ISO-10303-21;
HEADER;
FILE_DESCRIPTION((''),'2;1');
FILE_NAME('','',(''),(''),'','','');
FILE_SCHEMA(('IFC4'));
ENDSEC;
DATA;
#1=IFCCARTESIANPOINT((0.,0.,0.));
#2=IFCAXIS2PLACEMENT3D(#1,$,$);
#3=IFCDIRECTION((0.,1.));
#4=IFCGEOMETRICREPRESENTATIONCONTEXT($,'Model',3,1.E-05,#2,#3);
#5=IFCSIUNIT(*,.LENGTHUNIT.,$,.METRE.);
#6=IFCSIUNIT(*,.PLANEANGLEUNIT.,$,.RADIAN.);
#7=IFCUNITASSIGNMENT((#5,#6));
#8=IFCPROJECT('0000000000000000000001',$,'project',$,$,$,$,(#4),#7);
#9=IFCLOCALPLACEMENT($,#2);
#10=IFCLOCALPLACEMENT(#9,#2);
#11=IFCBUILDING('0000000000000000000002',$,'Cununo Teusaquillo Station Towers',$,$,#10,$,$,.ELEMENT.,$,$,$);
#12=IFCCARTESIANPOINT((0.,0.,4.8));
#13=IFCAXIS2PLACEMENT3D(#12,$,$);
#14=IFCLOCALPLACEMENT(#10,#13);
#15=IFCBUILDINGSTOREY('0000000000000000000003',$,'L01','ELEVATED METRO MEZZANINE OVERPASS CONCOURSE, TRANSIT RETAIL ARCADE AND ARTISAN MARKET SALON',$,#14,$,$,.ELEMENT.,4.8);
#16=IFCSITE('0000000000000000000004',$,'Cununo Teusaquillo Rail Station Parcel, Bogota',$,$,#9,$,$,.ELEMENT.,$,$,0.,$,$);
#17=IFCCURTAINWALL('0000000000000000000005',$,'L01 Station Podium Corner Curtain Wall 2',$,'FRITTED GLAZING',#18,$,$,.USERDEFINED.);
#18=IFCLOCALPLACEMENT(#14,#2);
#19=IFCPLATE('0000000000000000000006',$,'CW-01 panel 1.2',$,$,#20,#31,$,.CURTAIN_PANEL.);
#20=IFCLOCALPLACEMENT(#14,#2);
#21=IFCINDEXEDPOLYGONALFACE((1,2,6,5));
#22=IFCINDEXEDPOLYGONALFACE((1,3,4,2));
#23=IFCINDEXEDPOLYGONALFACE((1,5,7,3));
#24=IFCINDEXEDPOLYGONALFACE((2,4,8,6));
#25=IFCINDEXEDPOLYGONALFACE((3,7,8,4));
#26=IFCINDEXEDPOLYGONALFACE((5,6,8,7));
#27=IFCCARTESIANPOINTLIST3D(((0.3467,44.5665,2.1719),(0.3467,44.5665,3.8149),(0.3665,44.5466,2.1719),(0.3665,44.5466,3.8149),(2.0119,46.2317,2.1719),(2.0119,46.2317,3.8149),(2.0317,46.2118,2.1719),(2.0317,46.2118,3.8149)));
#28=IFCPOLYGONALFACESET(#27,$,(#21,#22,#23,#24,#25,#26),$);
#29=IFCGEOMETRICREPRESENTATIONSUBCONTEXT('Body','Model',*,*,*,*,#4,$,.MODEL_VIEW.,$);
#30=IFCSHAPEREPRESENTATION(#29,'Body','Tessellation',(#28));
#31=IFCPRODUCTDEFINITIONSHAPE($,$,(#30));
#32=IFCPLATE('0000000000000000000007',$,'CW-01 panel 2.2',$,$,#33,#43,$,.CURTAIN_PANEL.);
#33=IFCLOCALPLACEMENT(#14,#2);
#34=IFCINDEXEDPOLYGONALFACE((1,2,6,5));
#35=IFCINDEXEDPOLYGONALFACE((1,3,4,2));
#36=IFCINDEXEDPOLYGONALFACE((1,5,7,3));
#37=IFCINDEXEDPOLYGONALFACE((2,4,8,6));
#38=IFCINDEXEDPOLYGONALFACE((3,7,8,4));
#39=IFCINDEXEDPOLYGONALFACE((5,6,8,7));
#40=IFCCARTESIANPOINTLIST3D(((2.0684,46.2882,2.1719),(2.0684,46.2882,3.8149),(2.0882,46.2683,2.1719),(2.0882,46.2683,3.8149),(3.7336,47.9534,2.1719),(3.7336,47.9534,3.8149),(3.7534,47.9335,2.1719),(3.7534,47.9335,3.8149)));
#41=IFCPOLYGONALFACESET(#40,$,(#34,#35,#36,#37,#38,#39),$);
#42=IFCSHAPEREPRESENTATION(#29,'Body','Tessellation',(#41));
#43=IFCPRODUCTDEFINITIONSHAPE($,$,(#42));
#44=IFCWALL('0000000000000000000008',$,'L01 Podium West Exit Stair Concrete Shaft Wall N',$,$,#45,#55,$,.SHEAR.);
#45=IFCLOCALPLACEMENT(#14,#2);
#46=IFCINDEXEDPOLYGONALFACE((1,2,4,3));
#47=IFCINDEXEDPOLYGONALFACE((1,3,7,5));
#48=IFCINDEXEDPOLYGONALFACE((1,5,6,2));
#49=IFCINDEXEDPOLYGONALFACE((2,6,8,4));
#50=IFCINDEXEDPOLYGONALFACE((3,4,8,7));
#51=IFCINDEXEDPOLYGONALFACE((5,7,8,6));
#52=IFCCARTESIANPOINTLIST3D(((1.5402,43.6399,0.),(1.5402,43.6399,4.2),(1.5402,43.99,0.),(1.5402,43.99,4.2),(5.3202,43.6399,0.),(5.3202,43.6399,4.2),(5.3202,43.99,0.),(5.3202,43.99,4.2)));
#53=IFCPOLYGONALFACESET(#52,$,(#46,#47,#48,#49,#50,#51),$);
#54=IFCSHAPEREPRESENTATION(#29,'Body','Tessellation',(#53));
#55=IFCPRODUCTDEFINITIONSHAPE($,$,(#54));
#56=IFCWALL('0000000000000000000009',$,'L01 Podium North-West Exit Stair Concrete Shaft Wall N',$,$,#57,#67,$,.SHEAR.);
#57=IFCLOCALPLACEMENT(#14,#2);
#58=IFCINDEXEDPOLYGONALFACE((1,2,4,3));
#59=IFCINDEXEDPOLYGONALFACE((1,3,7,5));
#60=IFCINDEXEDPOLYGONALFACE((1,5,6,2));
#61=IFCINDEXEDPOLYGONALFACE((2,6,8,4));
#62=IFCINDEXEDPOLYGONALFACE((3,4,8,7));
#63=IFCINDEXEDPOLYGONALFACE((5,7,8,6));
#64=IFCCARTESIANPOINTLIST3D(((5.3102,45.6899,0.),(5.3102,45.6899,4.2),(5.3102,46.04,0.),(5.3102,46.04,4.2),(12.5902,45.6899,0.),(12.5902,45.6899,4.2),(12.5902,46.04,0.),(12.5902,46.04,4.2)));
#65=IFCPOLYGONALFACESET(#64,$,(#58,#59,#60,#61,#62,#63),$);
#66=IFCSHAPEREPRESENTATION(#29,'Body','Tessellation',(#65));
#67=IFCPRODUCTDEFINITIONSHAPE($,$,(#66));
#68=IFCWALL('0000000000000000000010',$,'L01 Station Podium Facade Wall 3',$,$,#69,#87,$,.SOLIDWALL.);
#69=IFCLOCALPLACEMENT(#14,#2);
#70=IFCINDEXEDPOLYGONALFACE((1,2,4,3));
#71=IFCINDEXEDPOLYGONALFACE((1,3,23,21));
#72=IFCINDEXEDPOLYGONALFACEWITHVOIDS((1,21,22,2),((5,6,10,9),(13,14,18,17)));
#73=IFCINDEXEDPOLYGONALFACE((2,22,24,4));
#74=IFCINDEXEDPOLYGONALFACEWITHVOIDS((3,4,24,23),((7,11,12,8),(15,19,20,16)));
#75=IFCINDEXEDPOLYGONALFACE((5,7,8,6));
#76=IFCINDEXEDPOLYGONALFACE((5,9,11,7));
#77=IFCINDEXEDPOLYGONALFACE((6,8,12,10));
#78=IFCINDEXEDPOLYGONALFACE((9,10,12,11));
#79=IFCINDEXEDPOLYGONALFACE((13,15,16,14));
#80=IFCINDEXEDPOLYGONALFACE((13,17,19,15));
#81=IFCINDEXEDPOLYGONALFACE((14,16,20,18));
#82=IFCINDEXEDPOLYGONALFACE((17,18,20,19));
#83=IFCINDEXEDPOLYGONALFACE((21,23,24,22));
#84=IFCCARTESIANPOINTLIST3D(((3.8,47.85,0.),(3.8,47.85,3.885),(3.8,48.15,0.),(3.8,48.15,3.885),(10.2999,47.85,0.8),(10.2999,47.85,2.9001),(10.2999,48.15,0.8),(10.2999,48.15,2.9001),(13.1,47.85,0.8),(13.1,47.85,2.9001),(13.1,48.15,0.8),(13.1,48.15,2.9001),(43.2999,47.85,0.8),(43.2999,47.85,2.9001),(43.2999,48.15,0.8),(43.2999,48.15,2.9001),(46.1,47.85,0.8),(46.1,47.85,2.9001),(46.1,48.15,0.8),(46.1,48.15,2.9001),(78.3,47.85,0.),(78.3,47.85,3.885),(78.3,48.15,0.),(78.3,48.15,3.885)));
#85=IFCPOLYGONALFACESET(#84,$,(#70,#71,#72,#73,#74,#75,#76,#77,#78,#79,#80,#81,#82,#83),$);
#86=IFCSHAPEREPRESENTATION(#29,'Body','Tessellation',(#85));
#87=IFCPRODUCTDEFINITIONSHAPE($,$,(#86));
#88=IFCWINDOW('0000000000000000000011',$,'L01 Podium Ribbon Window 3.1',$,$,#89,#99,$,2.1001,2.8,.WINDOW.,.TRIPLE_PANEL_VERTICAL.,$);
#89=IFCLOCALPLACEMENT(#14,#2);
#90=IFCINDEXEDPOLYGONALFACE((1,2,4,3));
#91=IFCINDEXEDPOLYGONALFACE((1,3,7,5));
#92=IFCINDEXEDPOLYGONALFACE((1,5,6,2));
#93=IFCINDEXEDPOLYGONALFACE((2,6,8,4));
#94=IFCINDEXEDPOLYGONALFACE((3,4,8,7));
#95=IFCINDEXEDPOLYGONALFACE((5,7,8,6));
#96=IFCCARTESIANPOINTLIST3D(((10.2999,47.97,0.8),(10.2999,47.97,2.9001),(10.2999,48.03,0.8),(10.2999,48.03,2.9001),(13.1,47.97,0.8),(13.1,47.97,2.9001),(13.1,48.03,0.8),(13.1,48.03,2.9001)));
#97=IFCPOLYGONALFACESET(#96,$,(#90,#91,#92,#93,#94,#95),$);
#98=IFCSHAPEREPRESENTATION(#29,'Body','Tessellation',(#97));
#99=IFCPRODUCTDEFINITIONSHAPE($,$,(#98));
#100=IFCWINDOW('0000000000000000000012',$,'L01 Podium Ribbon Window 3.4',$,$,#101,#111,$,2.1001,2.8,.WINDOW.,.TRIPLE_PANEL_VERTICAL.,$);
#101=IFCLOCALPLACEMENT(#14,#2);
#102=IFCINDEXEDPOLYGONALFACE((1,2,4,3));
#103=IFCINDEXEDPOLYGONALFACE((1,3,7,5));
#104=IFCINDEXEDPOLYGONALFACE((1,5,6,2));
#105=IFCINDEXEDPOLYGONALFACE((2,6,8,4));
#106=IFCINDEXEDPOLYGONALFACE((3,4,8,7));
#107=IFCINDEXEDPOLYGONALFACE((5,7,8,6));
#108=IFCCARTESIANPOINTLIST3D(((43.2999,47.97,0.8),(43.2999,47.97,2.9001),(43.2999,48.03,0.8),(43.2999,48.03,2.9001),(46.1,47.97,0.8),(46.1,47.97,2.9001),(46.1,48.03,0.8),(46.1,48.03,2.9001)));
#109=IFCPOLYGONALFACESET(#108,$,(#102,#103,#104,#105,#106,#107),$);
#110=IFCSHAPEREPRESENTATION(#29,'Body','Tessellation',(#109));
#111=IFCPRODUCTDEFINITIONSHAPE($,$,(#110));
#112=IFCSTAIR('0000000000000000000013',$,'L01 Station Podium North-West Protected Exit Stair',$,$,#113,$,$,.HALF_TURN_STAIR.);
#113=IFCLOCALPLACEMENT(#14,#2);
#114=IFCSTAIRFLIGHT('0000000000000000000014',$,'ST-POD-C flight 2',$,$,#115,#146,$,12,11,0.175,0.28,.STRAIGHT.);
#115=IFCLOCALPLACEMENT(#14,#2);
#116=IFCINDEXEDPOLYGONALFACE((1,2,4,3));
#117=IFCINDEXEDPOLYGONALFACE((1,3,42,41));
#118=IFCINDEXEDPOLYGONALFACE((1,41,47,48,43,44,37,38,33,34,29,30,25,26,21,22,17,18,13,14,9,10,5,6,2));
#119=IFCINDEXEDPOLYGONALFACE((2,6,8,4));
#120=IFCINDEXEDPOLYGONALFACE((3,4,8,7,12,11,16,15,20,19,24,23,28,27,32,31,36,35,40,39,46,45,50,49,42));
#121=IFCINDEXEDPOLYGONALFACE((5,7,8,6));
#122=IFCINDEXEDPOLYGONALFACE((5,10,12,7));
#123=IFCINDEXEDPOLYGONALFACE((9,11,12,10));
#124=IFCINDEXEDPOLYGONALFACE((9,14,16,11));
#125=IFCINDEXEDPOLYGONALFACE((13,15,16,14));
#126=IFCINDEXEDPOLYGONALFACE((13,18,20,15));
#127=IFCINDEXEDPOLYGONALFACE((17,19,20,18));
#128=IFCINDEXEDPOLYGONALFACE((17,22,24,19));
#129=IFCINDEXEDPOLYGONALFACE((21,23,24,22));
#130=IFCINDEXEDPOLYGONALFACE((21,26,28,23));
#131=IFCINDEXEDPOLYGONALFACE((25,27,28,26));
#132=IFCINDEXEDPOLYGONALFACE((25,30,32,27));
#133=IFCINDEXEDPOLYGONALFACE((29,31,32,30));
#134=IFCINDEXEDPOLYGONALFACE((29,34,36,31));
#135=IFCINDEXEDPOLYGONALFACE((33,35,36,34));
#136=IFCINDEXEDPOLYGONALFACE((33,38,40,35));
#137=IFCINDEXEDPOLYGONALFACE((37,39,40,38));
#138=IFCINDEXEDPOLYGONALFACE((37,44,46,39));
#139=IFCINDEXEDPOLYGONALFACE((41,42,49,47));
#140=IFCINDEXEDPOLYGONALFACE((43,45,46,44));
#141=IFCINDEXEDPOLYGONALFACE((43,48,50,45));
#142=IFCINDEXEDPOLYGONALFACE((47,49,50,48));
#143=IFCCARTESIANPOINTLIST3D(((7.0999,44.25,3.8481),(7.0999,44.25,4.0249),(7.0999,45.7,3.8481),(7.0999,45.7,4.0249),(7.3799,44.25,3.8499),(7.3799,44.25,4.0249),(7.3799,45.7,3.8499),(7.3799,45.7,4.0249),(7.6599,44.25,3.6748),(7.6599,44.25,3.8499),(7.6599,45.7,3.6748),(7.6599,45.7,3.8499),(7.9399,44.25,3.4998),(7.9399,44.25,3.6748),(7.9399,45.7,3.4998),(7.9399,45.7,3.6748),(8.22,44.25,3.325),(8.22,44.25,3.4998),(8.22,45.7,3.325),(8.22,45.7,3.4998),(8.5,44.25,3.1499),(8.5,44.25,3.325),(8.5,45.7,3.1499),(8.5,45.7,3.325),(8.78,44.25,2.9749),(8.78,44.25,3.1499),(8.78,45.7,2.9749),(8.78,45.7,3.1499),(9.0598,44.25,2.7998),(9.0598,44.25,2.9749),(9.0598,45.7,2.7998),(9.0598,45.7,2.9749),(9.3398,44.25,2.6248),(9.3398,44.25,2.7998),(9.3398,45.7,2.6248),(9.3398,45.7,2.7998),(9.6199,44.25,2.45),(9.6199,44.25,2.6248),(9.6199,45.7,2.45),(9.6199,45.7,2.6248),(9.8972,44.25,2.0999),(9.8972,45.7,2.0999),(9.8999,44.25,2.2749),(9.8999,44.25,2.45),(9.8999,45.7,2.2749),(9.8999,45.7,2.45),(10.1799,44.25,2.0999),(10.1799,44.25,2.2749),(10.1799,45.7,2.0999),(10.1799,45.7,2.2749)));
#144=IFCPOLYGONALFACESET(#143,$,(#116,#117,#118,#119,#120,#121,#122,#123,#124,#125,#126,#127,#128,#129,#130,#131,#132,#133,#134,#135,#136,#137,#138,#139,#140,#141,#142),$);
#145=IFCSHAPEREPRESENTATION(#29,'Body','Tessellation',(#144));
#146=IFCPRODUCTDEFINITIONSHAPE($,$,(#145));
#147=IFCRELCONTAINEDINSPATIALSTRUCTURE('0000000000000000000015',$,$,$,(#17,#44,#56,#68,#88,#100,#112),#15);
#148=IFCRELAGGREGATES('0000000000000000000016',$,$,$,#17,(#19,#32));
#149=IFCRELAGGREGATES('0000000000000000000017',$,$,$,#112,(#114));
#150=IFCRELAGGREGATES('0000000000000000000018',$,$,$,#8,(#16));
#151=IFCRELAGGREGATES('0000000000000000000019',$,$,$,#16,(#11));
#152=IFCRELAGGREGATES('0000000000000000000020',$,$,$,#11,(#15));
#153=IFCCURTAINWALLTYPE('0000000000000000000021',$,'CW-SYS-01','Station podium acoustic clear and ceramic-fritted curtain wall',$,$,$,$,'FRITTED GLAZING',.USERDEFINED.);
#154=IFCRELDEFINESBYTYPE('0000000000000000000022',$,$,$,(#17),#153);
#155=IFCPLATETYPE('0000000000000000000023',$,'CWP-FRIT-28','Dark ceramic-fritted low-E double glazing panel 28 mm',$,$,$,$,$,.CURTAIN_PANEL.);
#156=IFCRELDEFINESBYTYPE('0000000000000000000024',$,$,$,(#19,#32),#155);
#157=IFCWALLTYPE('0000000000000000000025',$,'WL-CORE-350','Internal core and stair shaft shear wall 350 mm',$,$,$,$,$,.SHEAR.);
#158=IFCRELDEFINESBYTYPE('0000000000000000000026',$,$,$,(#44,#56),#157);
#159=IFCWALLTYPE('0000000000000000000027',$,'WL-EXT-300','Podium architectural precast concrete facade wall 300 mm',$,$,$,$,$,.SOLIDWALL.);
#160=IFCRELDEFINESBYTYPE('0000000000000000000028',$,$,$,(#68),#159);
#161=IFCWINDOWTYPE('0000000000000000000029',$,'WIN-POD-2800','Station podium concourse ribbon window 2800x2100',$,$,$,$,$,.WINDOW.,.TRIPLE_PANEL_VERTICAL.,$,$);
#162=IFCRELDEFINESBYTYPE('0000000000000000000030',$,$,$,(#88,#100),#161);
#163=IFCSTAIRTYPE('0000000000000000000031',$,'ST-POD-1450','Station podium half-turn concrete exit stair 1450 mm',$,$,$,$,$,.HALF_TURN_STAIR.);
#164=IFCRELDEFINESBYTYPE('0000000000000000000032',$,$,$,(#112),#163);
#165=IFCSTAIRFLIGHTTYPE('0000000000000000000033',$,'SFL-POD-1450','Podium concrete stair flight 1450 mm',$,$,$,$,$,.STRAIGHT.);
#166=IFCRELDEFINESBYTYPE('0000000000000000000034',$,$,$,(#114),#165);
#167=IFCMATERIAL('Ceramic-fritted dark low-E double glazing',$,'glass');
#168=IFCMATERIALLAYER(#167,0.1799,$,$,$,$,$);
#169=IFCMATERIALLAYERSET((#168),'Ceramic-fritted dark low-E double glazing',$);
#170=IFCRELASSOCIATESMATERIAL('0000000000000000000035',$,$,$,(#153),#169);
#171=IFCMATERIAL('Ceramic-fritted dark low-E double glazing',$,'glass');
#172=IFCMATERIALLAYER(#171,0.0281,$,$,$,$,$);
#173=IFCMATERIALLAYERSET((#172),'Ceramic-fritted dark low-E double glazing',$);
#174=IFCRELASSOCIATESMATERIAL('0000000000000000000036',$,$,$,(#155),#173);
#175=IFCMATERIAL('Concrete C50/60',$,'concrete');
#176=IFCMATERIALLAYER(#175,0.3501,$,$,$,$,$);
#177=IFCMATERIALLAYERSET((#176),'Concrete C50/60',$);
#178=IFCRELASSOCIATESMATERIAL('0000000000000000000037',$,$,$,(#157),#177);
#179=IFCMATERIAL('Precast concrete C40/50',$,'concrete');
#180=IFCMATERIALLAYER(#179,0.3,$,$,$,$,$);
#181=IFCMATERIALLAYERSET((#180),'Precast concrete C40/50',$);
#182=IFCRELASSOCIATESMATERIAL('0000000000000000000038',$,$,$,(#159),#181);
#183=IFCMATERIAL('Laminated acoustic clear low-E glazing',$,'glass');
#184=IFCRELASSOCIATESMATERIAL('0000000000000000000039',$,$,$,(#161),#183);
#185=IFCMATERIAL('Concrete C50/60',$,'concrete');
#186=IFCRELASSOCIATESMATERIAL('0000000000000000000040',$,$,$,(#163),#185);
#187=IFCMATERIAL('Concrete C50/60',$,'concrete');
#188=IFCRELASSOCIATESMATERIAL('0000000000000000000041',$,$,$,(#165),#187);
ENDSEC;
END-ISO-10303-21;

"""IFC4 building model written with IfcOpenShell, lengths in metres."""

from ifc_helpers import new_model, si_unit, direction, frame, frame_2d, origin, origin_2d, place, context, subcontext, project, spatial, polyline, rectangle, outline, extrude, source, transform, mapped, material, layer, layer_set, type_object, element, fill, aggregate, save


model = new_model("IFC4")

# Units and contexts
model_context = context("Model", 3, precision=1e-05, world=origin(), true_north=direction((0.0, 1.0)))
body_context = subcontext(model_context, "Body", "Model", "MODEL_VIEW")
ifc_project = project(units=[si_unit("LENGTHUNIT", "METRE"), si_unit("PLANEANGLEUNIT", "RADIAN")], contexts=[model_context])

# Site, building, storey
site_placement = place(None, origin())
site = spatial("IfcSite", under=ifc_project, at=site_placement, Name="Cununo Teusaquillo Rail Station Parcel, Bogota", CompositionType="ELEMENT", RefElevation=0.0)
building_placement = place(site_placement, origin())
building = spatial("IfcBuilding", under=site, at=building_placement, Name="Cununo Teusaquillo Station Towers", CompositionType="ELEMENT")
storey_placement = place(building_placement, frame((0.0, 0.0, 4.8)))
storey = spatial("IfcBuildingStorey", under=building, at=storey_placement, Name="L01", Description="ELEVATED METRO MEZZANINE OVERPASS CONCOURSE, TRANSIT RETAIL ARCADE AND ARTISAN MARKET SALON", CompositionType="ELEMENT", Elevation=4.8)

# Curtain wall, plates
ifc_material_1 = material(Name="Ceramic-fritted dark low-E double glazing", Category="glass")
ifc_layer_1 = layer(ifc_material_1, 0.1799)
ifc_layer_set_1 = layer_set([ifc_layer_1], Name="Ceramic-fritted dark low-E double glazing")
curtain_wall_type = type_object("IfcCurtainWallType", Name="CW-SYS-01", Description="Station podium acoustic clear and ceramic-fritted curtain wall", ElementType="FRITTED GLAZING", PredefinedType="USERDEFINED", material=ifc_layer_set_1)
curtain_wall_placement = place(storey_placement, origin())
curtain_wall = element("IfcCurtainWall", 1, at=curtain_wall_placement, inside=storey, type_object=curtain_wall_type, Name="L01 Station Podium Corner Curtain Wall 2", ObjectType="FRITTED GLAZING", PredefinedType="USERDEFINED")
ifc_material_2 = material(Name="Ceramic-fritted dark low-E double glazing", Category="glass")
ifc_layer_2 = layer(ifc_material_2, 0.0281)
ifc_layer_set_2 = layer_set([ifc_layer_2], Name="Ceramic-fritted dark low-E double glazing")
plate_type = type_object("IfcPlateType", Name="CWP-FRIT-28", Description="Dark ceramic-fritted low-E double glazing panel 28 mm", PredefinedType="CURTAIN_PANEL", material=ifc_layer_set_2)
shared_shape_1 = source(origin(), body_context, "Body", "SweptSolid", [
    extrude(rectangle(XDim=2.355, YDim=0.0281, at=origin_2d()), origin(), (0.0, 0.0, 1.0), 1.6431),
])
plate_1_placement = place(storey_placement, frame((1.1892, 45.3892, 2.1719), z_axis=(0.0, 0.0, 1.0), x_axis=(0.707107, 0.707107, 0.0)))
plate_1 = element("IfcPlate", 2, at=plate_1_placement, type_object=plate_type, Name="CW-01 panel 1.2", PredefinedType="CURTAIN_PANEL", context=body_context, shape_type="MappedRepresentation", body=[
    mapped(shared_shape_1, transform((0.0, 0.0, 0.0), x_axis=(1.0, 0.0, 0.0), y_axis=(0.0, 1.0, 0.0), z_axis=(0.0, 0.0, 1.0), scale=1.0)),
])
plate_2_placement = place(storey_placement, frame((2.9109, 47.1108, 2.1719), z_axis=(0.0, 0.0, 1.0), x_axis=(0.707107, 0.707107, 0.0)))
plate_2 = element("IfcPlate", 3, at=plate_2_placement, type_object=plate_type, Name="CW-01 panel 2.2", PredefinedType="CURTAIN_PANEL", context=body_context, shape_type="MappedRepresentation", body=[
    mapped(shared_shape_1, transform((0.0, 0.0, 0.0), x_axis=(1.0, 0.0, 0.0), y_axis=(0.0, 1.0, 0.0), z_axis=(0.0, 0.0, 1.0), scale=1.0)),
])
aggregate(curtain_wall, [plate_1, plate_2])

# Walls
ifc_material_3 = material(Name="Concrete C50/60", Category="concrete")
ifc_layer_3 = layer(ifc_material_3, 0.3501)
ifc_layer_set_3 = layer_set([ifc_layer_3], Name="Concrete C50/60")
wall_type_1 = type_object("IfcWallType", Name="WL-CORE-350", Description="Internal core and stair shaft shear wall 350 mm", PredefinedType="SHEAR", material=ifc_layer_set_3)
wall_1_placement = place(storey_placement, frame((1.54, 43.8149, 0.0), z_axis=(0.0, 0.0, 1.0), x_axis=(1.0, 0.0, 0.0)))
element("IfcWall", 4, at=wall_1_placement, inside=storey, type_object=wall_type_1, Name="L01 Podium West Exit Stair Concrete Shaft Wall N", PredefinedType="SHEAR", context=body_context, shape_type="SweptSolid", body=[
    extrude(rectangle(XDim=3.78, YDim=0.3501, at=frame_2d((1.8901, 0.0))), origin(), (0.0, 0.0, 1.0), 4.2),
])
wall_2_placement = place(storey_placement, frame((5.3101, 45.865, 0.0), z_axis=(0.0, 0.0, 1.0), x_axis=(1.0, 0.0, 0.0)))
element("IfcWall", 5, at=wall_2_placement, inside=storey, type_object=wall_type_1, Name="L01 Podium North-West Exit Stair Concrete Shaft Wall N", PredefinedType="SHEAR", context=body_context, shape_type="SweptSolid", body=[
    extrude(rectangle(XDim=7.28, YDim=0.3501, at=frame_2d((3.6401, 0.0))), origin(), (0.0, 0.0, 1.0), 4.2),
])

# Wall, openings, windows
ifc_material_4 = material(Name="Precast concrete C40/50", Category="concrete")
ifc_layer_4 = layer(ifc_material_4, 0.3)
ifc_layer_set_4 = layer_set([ifc_layer_4], Name="Precast concrete C40/50")
wall_type_2 = type_object("IfcWallType", Name="WL-EXT-300", Description="Podium architectural precast concrete facade wall 300 mm", PredefinedType="SOLIDWALL", material=ifc_layer_set_4)
wall_3_placement = place(storey_placement, frame((3.8, 48.0, 0.0), z_axis=(0.0, 0.0, 1.0), x_axis=(1.0, 0.0, 0.0)))
wall_3 = element("IfcWall", 6, at=wall_3_placement, inside=storey, type_object=wall_type_2, Name="L01 Station Podium Facade Wall 3", PredefinedType="SOLIDWALL", context=body_context, shape_type="SweptSolid", body=[
    extrude(rectangle(XDim=74.5, YDim=0.3, at=frame_2d((37.25, 0.0))), origin(), (0.0, 0.0, 1.0), 3.885),
])
shared_shape_2 = source(origin(), body_context, "Body", "SweptSolid", [
    extrude(rectangle(XDim=2.8, YDim=2.1001, at=frame_2d((1.3999, 1.05))), frame((0.0, 0.1599, 0.0), z_axis=(0.0, -1.0, 0.0), x_axis=(1.0, 0.0, 0.0)), (0.0, 0.0, 1.0), 0.3201),
])
opening_1_placement = place(wall_3_placement, frame((6.5, 0.0, 0.8)))
opening_1 = element("IfcOpeningElement", 7, at=opening_1_placement, cuts=wall_3, PredefinedType="OPENING", context=body_context, shape_type="MappedRepresentation", body=[
    mapped(shared_shape_2, transform((0.0, 0.0, 0.0), x_axis=(1.0, 0.0, 0.0), y_axis=(0.0, 1.0, 0.0), z_axis=(0.0, 0.0, 1.0), scale=1.0)),
])
opening_2_placement = place(wall_3_placement, frame((39.5, 0.0, 0.8)))
opening_2 = element("IfcOpeningElement", 8, at=opening_2_placement, cuts=wall_3, PredefinedType="OPENING", context=body_context, shape_type="MappedRepresentation", body=[
    mapped(shared_shape_2, transform((0.0, 0.0, 0.0), x_axis=(1.0, 0.0, 0.0), y_axis=(0.0, 1.0, 0.0), z_axis=(0.0, 0.0, 1.0), scale=1.0)),
])
ifc_material_5 = material(Name="Laminated acoustic clear low-E glazing", Category="glass")
window_type = type_object("IfcWindowType", Name="WIN-POD-2800", Description="Station podium concourse ribbon window 2800x2100", PartitioningType="TRIPLE_PANEL_VERTICAL", PredefinedType="WINDOW", material=ifc_material_5)
shared_shape_3 = source(origin(), body_context, "Body", "SweptSolid", [
    extrude(rectangle(XDim=2.8, YDim=2.1001, at=frame_2d((1.3999, 1.05))), frame((0.0, 0.03, 0.0), z_axis=(0.0, -1.0, 0.0), x_axis=(1.0, 0.0, 0.0)), (0.0, 0.0, 1.0), 0.0601),
])
window_1_placement = place(opening_1_placement, origin())
window_1 = element("IfcWindow", 9, at=window_1_placement, inside=storey, type_object=window_type, Name="L01 Podium Ribbon Window 3.1", OverallHeight=2.1001, OverallWidth=2.8, PartitioningType="TRIPLE_PANEL_VERTICAL", PredefinedType="WINDOW", context=body_context, shape_type="MappedRepresentation", body=[
    mapped(shared_shape_3, transform((0.0, 0.0, 0.0), x_axis=(1.0, 0.0, 0.0), y_axis=(0.0, 1.0, 0.0), z_axis=(0.0, 0.0, 1.0), scale=1.0)),
])
fill(opening_1, window_1)
window_2_placement = place(opening_2_placement, origin())
window_2 = element("IfcWindow", 10, at=window_2_placement, inside=storey, type_object=window_type, Name="L01 Podium Ribbon Window 3.4", OverallHeight=2.1001, OverallWidth=2.8, PartitioningType="TRIPLE_PANEL_VERTICAL", PredefinedType="WINDOW", context=body_context, shape_type="MappedRepresentation", body=[
    mapped(shared_shape_3, transform((0.0, 0.0, 0.0), x_axis=(1.0, 0.0, 0.0), y_axis=(0.0, 1.0, 0.0), z_axis=(0.0, 0.0, 1.0), scale=1.0)),
])
fill(opening_2, window_2)

# Stair, stair flight
ifc_material_6 = material(Name="Concrete C50/60", Category="concrete")
stair_type = type_object("IfcStairType", Name="ST-POD-1450", Description="Station podium half-turn concrete exit stair 1450 mm", PredefinedType="HALF_TURN_STAIR", material=ifc_material_6)
stair_placement = place(storey_placement, origin())
stair = element("IfcStair", 11, at=stair_placement, inside=storey, type_object=stair_type, Name="L01 Station Podium North-West Protected Exit Stair", PredefinedType="HALF_TURN_STAIR")
ifc_material_7 = material(Name="Concrete C50/60", Category="concrete")
stair_flight_type = type_object("IfcStairFlightType", Name="SFL-POD-1450", Description="Podium concrete stair flight 1450 mm", PredefinedType="STRAIGHT", material=ifc_material_7)
stair_flight_placement = place(storey_placement, frame((10.1799, 44.9751, 2.0999), z_axis=(0.0, 0.0, 1.0), x_axis=(-1.0, 0.0, 0.0)))
stair_flight = element("IfcStairFlight", 12, at=stair_flight_placement, type_object=stair_flight_type, Name="ST-POD-C flight 2", NumberOfRisers=12, NumberOfTreads=11, PredefinedType="STRAIGHT", RiserHeight=0.175, TreadLength=0.28, context=body_context, shape_type="SweptSolid", body=[
    extrude(outline(polyline([(0.0, 0.0), (0.0, 0.175), (0.28, 0.175), (0.28, 0.3501), (0.5601, 0.3501), (0.5601, 0.5249), (0.8401, 0.5249), (0.8401, 0.7), (1.1201, 0.7), (1.1201, 0.875), (1.3999, 0.875), (1.3999, 1.05), (1.6799, 1.05), (1.6799, 1.2251), (1.96, 1.2251), (1.96, 1.3999), (2.24, 1.3999), (2.24, 1.575), (2.52, 1.575), (2.52, 1.75), (2.8, 1.75), (2.8, 1.925), (3.0801, 1.925), (3.0801, 2.1001), (3.0801, 1.7483), (0.2827, 0.0), (0.0, 0.0)])), frame((0.0, 0.7251, 0.0), z_axis=(0.0, -1.0, 0.0), x_axis=(1.0, 0.0, 0.0)), (0.0, 0.0, 1.0), 1.45),
])
aggregate(stair, [stair_flight])

save(model, "model.ifc")
